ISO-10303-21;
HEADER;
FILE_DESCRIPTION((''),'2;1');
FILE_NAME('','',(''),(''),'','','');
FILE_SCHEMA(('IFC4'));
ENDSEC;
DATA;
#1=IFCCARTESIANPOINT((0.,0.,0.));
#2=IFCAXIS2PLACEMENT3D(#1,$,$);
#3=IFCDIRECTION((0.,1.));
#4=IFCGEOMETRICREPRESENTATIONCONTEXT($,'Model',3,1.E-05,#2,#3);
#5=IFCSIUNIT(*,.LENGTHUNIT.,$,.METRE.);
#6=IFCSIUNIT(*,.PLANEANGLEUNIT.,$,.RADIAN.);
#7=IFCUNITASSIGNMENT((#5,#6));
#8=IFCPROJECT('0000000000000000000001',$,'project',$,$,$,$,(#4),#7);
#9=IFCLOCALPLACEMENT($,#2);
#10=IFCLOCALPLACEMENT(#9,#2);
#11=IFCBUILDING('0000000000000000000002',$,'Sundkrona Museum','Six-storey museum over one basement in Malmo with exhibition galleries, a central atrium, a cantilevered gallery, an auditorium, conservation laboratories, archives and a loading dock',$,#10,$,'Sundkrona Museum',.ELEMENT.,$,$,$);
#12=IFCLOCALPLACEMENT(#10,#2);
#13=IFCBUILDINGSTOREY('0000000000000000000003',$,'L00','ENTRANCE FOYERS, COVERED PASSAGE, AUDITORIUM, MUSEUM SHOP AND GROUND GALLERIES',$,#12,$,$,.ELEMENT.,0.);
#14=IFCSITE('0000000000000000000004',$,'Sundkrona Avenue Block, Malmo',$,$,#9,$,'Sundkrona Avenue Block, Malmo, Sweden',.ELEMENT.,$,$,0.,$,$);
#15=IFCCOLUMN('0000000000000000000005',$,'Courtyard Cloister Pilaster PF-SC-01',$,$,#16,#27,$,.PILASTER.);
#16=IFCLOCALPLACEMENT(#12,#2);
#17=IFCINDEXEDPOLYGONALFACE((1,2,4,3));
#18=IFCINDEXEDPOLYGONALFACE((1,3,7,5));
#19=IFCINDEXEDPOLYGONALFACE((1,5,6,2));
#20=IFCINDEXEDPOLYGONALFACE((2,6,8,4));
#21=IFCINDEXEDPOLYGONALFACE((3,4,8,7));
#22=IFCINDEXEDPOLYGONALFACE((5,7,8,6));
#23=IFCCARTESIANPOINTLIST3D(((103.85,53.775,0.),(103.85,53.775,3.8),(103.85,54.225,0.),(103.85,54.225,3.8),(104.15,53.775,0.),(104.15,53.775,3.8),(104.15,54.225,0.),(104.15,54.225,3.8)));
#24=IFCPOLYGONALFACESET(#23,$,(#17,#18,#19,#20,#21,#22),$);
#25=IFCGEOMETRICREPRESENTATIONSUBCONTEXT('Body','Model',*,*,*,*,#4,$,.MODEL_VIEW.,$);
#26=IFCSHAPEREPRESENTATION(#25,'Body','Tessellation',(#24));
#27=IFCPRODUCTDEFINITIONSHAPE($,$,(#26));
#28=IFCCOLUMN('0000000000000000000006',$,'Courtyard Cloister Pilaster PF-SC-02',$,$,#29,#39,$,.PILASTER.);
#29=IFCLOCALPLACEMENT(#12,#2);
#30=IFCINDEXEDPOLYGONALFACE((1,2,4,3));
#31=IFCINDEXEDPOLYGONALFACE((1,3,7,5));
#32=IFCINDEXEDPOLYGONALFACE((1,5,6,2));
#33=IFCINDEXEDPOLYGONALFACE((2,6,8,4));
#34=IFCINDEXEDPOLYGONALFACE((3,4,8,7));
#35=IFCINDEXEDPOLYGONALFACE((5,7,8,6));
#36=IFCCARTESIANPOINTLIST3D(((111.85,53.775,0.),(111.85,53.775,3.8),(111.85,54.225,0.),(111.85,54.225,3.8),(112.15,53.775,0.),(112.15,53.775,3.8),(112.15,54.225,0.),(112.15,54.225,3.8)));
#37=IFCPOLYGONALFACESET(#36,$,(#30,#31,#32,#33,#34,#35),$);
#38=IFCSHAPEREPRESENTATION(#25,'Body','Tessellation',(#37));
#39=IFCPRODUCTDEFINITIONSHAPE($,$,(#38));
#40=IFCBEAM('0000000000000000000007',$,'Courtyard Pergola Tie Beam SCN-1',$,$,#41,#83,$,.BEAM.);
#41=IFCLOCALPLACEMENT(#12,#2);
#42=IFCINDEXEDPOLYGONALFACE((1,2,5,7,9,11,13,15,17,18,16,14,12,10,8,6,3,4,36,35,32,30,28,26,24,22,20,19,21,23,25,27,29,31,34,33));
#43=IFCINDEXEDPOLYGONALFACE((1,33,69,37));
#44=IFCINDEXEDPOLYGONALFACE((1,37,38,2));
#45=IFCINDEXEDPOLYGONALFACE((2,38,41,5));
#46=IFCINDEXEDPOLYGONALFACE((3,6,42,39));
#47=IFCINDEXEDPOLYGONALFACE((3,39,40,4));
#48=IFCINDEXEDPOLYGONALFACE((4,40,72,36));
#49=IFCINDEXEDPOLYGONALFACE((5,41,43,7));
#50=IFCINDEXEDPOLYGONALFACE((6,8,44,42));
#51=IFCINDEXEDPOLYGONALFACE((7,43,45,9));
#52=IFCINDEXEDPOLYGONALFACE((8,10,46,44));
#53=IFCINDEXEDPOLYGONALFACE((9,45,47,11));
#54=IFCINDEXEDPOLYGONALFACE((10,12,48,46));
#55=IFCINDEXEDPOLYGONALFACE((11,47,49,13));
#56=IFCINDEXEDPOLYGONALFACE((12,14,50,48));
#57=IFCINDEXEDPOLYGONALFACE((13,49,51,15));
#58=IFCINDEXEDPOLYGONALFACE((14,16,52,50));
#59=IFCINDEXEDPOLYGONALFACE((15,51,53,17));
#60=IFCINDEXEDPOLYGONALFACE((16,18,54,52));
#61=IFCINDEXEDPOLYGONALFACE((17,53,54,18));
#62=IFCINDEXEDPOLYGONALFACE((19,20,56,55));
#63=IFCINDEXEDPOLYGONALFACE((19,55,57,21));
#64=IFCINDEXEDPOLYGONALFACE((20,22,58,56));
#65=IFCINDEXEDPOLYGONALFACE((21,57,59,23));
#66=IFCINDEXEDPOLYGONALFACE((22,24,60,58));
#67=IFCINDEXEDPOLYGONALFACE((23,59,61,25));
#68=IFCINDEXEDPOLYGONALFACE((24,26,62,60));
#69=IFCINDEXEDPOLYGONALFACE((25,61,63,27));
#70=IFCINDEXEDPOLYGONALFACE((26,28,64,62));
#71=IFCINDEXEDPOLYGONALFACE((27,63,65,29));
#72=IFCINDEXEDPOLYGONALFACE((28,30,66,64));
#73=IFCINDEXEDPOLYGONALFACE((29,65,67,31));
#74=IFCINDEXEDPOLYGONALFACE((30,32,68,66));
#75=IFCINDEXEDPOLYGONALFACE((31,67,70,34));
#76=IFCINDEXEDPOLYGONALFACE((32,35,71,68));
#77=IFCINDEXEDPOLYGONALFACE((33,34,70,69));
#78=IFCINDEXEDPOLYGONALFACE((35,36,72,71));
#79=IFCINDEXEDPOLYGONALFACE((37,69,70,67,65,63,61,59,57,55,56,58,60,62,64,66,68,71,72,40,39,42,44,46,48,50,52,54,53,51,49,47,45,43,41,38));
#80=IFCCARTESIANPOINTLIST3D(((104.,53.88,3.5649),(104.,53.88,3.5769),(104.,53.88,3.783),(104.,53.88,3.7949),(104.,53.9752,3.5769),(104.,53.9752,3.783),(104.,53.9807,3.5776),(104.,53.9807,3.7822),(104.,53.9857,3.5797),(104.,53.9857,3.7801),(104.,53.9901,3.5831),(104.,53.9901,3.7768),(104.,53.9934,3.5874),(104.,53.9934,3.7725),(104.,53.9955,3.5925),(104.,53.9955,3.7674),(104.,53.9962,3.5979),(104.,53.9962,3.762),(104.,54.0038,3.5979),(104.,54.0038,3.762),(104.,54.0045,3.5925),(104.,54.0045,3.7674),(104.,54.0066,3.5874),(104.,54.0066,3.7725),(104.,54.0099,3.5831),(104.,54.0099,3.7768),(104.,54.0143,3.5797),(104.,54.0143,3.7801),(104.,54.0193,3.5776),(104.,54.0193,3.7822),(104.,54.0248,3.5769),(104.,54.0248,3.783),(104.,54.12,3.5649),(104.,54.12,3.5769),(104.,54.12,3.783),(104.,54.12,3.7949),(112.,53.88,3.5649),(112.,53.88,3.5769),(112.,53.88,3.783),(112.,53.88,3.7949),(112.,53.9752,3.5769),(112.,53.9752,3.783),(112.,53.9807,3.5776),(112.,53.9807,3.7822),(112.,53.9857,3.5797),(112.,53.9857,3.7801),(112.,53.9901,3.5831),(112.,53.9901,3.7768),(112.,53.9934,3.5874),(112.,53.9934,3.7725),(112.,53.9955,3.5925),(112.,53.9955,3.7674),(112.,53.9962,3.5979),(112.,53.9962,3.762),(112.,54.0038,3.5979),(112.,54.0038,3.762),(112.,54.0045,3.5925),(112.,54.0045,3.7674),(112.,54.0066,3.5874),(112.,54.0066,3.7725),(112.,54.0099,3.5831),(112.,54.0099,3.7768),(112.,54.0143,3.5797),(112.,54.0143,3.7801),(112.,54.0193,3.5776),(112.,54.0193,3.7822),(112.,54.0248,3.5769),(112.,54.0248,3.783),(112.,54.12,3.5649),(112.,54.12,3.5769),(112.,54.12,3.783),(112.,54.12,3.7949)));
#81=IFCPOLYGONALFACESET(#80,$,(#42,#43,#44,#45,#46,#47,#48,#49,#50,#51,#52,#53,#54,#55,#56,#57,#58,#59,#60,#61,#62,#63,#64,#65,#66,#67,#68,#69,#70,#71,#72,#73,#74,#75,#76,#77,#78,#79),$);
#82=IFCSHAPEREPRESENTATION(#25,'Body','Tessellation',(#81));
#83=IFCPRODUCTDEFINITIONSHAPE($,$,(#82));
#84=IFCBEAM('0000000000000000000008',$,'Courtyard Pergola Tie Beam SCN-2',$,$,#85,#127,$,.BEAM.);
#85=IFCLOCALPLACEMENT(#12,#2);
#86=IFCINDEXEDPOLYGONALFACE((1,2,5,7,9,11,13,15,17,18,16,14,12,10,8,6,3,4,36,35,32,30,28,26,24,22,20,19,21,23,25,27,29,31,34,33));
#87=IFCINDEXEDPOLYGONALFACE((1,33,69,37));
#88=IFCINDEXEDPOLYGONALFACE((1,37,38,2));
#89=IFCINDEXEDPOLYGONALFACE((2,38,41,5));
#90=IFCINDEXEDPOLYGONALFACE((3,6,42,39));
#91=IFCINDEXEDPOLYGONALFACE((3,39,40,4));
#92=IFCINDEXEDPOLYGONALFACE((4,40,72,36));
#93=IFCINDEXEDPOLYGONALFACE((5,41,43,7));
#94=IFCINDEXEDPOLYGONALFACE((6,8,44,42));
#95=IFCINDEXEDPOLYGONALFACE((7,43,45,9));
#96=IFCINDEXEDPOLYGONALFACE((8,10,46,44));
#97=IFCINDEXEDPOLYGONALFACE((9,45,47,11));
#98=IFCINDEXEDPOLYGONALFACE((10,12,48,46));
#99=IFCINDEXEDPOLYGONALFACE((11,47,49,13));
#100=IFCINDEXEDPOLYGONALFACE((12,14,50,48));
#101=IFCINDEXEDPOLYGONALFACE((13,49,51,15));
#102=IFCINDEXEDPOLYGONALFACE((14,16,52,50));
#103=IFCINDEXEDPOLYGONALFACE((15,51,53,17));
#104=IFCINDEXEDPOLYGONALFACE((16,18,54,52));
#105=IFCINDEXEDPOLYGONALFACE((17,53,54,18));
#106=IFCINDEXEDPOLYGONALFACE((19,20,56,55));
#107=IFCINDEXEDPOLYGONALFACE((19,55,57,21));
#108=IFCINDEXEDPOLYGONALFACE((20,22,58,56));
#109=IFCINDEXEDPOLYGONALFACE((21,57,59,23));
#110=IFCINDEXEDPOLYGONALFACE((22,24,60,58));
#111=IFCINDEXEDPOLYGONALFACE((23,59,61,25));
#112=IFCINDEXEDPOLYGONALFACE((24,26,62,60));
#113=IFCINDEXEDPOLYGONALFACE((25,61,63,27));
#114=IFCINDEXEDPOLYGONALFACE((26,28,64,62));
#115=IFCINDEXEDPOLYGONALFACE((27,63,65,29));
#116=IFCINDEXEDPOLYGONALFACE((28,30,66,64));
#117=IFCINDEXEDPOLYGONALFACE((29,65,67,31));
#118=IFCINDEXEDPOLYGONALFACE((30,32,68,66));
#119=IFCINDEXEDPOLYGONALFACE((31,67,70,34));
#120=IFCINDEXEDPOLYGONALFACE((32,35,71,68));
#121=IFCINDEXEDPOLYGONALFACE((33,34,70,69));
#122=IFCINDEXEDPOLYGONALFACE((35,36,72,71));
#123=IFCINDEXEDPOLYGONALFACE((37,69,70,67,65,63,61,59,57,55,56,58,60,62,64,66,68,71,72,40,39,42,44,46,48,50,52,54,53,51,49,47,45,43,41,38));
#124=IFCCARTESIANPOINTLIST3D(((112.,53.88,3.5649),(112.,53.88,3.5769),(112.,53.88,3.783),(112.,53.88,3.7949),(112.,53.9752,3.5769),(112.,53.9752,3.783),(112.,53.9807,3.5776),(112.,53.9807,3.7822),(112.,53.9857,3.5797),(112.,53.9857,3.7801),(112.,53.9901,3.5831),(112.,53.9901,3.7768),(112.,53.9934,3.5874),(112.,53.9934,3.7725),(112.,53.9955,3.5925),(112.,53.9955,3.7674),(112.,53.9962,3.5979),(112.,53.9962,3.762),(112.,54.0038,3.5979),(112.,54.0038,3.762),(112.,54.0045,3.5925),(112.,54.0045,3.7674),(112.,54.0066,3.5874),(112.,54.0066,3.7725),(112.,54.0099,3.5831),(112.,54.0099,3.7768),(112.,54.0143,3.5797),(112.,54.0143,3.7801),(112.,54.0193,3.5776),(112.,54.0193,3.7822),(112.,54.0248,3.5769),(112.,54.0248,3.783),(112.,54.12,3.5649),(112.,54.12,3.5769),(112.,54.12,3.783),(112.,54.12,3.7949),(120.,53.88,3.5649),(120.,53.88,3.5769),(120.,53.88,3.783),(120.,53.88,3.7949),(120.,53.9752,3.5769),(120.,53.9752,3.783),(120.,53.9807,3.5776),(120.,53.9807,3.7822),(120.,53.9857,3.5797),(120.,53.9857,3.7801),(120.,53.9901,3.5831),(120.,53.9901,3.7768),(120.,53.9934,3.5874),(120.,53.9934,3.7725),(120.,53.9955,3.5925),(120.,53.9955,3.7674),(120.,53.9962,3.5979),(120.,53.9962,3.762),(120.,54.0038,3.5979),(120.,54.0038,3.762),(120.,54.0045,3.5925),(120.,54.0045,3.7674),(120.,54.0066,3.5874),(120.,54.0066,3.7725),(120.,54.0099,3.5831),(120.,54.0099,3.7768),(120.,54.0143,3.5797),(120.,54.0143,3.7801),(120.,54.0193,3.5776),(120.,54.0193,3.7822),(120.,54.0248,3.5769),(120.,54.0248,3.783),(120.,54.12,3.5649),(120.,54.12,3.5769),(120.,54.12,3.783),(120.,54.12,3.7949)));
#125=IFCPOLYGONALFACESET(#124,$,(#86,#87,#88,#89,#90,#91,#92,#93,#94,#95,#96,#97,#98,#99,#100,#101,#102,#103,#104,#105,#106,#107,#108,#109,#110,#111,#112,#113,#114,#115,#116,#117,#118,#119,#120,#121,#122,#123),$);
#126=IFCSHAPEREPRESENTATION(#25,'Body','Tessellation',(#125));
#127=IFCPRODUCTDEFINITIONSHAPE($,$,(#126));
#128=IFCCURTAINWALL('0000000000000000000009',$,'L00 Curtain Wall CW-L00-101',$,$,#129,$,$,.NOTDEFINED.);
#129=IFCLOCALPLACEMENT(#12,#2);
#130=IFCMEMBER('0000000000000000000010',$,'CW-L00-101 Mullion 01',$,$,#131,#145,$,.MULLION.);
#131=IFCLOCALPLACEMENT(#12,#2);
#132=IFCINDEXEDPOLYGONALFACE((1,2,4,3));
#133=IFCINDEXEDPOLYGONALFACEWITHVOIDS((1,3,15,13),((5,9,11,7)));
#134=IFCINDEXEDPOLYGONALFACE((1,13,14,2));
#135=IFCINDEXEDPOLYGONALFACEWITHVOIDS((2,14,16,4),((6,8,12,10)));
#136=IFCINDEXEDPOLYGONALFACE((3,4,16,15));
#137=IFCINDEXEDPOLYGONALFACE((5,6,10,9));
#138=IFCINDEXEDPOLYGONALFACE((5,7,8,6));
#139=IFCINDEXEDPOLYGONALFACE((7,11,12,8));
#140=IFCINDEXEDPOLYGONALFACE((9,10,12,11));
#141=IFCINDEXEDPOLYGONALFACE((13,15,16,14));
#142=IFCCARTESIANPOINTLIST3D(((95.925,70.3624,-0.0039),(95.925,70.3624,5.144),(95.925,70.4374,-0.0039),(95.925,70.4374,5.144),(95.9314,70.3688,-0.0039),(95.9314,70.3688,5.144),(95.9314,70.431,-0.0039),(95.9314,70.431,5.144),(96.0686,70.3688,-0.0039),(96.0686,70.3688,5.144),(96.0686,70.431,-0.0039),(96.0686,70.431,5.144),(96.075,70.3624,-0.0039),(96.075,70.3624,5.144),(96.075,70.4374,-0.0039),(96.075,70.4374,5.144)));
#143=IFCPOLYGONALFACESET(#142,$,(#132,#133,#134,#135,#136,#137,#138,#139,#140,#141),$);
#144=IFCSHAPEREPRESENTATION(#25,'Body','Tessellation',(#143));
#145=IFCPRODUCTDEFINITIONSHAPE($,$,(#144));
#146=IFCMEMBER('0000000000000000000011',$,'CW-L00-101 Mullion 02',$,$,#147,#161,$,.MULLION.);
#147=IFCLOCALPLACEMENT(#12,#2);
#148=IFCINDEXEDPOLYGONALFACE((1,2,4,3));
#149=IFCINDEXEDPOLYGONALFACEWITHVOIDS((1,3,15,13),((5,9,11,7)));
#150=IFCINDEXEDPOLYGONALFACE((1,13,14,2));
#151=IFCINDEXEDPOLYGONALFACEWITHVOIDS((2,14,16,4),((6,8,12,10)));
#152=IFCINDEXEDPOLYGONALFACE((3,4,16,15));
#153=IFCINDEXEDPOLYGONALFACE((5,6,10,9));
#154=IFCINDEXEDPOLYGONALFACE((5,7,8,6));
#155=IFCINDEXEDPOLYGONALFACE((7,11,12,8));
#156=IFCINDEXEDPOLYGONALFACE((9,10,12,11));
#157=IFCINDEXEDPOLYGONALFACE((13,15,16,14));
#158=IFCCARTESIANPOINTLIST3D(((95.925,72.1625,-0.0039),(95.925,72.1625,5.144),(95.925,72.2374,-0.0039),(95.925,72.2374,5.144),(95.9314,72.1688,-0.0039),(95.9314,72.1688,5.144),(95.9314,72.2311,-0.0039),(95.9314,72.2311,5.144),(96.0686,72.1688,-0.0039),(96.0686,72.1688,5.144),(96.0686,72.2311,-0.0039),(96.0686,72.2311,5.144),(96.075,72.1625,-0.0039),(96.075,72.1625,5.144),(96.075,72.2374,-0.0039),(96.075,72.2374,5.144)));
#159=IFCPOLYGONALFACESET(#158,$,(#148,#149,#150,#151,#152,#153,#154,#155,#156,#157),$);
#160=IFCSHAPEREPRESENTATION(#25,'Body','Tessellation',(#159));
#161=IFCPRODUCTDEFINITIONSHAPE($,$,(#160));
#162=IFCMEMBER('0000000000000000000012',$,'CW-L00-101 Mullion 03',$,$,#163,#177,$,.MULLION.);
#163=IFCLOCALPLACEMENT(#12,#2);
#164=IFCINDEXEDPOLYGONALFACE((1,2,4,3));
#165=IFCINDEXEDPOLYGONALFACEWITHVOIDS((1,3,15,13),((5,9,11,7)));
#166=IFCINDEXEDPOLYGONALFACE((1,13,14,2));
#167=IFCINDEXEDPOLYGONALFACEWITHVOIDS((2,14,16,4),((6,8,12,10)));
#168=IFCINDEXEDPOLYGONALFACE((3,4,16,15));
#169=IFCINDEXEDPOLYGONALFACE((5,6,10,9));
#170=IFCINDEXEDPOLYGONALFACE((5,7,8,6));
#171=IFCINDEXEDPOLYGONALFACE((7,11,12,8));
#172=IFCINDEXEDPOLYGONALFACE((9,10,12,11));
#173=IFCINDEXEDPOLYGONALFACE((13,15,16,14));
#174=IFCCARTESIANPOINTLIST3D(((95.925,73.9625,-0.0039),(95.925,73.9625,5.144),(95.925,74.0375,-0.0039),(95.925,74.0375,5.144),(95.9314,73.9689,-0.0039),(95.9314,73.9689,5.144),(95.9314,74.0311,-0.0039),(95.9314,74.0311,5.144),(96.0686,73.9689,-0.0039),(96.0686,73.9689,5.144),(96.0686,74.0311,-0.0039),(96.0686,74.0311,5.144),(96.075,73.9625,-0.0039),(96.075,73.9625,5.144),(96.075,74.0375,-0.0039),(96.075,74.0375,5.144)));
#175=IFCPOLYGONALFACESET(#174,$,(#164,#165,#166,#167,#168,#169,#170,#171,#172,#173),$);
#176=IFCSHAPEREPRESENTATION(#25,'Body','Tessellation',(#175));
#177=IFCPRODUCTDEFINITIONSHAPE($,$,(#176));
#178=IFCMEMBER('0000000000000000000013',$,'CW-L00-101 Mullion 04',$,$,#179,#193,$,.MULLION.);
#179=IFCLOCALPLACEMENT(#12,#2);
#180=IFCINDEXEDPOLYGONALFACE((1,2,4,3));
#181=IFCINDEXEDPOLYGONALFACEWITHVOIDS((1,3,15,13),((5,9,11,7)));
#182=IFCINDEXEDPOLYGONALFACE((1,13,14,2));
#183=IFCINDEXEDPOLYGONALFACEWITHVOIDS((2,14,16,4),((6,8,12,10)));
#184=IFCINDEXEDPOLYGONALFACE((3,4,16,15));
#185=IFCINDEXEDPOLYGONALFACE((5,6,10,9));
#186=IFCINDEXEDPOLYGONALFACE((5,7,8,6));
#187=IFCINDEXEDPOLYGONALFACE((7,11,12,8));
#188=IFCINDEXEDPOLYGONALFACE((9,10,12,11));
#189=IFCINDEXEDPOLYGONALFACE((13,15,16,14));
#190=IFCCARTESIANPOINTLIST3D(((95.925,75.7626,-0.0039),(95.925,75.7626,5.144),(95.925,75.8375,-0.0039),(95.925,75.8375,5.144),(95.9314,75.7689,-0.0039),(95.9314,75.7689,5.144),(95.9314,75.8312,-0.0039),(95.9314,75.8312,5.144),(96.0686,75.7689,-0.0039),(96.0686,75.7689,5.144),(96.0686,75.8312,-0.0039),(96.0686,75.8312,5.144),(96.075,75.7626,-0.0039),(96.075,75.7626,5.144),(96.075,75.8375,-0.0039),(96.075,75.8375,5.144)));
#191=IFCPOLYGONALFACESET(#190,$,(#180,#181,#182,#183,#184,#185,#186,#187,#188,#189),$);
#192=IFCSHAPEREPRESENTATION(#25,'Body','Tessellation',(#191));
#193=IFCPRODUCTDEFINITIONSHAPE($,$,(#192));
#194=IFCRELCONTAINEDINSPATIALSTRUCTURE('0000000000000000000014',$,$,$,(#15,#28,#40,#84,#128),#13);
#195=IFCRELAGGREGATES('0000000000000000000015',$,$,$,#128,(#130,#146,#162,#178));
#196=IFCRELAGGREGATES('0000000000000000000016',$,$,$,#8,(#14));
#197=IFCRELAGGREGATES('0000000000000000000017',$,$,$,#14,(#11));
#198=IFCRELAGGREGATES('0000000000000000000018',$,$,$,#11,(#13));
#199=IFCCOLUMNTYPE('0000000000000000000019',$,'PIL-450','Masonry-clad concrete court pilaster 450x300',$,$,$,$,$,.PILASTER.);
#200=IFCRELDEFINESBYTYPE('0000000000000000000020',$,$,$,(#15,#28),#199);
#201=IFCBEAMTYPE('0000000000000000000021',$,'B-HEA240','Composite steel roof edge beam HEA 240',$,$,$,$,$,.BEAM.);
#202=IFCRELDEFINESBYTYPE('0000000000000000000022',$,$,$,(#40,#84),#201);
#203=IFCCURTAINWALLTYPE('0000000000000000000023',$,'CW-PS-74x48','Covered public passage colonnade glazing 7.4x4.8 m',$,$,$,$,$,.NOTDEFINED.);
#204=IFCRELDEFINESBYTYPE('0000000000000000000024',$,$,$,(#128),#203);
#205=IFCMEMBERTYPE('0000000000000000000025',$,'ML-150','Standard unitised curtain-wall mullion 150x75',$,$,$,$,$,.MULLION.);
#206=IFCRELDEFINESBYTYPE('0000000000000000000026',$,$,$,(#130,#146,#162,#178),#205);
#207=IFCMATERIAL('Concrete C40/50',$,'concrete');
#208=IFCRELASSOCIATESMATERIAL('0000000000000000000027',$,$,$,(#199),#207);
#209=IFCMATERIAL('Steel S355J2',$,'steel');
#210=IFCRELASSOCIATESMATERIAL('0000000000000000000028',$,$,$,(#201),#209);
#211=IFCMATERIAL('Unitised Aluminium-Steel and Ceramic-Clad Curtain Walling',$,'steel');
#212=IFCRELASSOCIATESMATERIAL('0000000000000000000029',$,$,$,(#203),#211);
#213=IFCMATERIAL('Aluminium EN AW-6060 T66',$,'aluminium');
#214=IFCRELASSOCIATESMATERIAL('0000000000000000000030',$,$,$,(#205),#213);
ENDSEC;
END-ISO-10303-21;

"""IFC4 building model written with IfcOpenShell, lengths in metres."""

from ifc_helpers import new_model, si_unit, direction, frame, origin, origin_2d, place, context, subcontext, project, spatial, rectangle, hollow_rectangle, i_section, extrude, material, material_profile, profile_set, type_object, element, aggregate, save


model = new_model("IFC4")

# Units and contexts
model_context = context("Model", 3, precision=1e-05, world=origin(), true_north=direction((0.0, 1.0)))
body_context = subcontext(model_context, "Body", "Model", "MODEL_VIEW")
ifc_project = project(units=[si_unit("LENGTHUNIT", "METRE"), si_unit("PLANEANGLEUNIT", "RADIAN")], contexts=[model_context])

# Site, building, storey
site_placement = place(None, origin())
site = spatial("IfcSite", under=ifc_project, at=site_placement, Name="Sundkrona Avenue Block, Malmo", LongName="Sundkrona Avenue Block, Malmo, Sweden", CompositionType="ELEMENT", RefElevation=0.0)
building_placement = place(site_placement, origin())
building = spatial("IfcBuilding", under=site, at=building_placement, Name="Sundkrona Museum", Description="Six-storey museum over one basement in Malmo with exhibition galleries, a central atrium, a cantilevered gallery, an auditorium, conservation laboratories, archives and a loading dock", LongName="Sundkrona Museum", CompositionType="ELEMENT")
storey_placement = place(building_placement, origin())
storey = spatial("IfcBuildingStorey", under=building, at=storey_placement, Name="L00", Description="ENTRANCE FOYERS, COVERED PASSAGE, AUDITORIUM, MUSEUM SHOP AND GROUND GALLERIES", CompositionType="ELEMENT", Elevation=0.0)

# Columns
ifc_material_1 = material(Name="Concrete C40/50", Category="concrete")
ifc_material_profile_1 = material_profile(ifc_material_1, rectangle(XDim=0.3, YDim=0.45, at=origin_2d()), Name="RC 450x300")
ifc_profile_set_1 = profile_set([ifc_material_profile_1], Name="Concrete C40/50")
column_type = type_object("IfcColumnType", Name="PIL-450", Description="Masonry-clad concrete court pilaster 450x300", PredefinedType="PILASTER", material=ifc_profile_set_1)
for number, where, z_axis, x_axis, name in (
    (1, (104.0, 54.0, 0.0), (0.0, 0.0, 1.0), (1.0, 0.0, 0.0), "Courtyard Cloister Pilaster PF-SC-01"),
    (2, (112.0, 54.0, 0.0), (0.0, 0.0, 1.0), (1.0, 0.0, 0.0), "Courtyard Cloister Pilaster PF-SC-02"),
):
    element("IfcColumn", number, at=place(storey_placement, frame(where, z_axis=z_axis, x_axis=x_axis)), inside=storey, type_object=column_type, Name=name, PredefinedType="PILASTER", context=body_context, shape_type="SweptSolid", body=[
        extrude(rectangle(XDim=0.3, YDim=0.45, at=origin_2d()), origin(), (0.0, 0.0, 1.0), 3.8),
    ])

# Beams
ifc_material_2 = material(Name="Steel S355J2", Category="steel")
ifc_material_profile_2 = material_profile(ifc_material_2, i_section(OverallWidth=0.24, OverallDepth=0.23, WebThickness=0.0076, FlangeThickness=0.012, FilletRadius=0.021, at=origin_2d()), Name="HEA 240")
ifc_profile_set_2 = profile_set([ifc_material_profile_2], Name="Steel S355J2")
beam_type = type_object("IfcBeamType", Name="B-HEA240", Description="Composite steel roof edge beam HEA 240", PredefinedType="BEAM", material=ifc_profile_set_2)
for number, where, z_axis, x_axis, name in (
    (3, (104.0, 54.0, 3.6799), (1.0, 0.0, 0.0), (0.0, 1.0, 0.0), "Courtyard Pergola Tie Beam SCN-1"),
    (4, (112.0, 54.0, 3.6799), (1.0, 0.0, 0.0), (0.0, 1.0, 0.0), "Courtyard Pergola Tie Beam SCN-2"),
):
    element("IfcBeam", number, at=place(storey_placement, frame(where, z_axis=z_axis, x_axis=x_axis)), inside=storey, type_object=beam_type, Name=name, PredefinedType="BEAM", context=body_context, shape_type="SweptSolid", body=[
        extrude(i_section(OverallWidth=0.24, OverallDepth=0.23, WebThickness=0.0076, FlangeThickness=0.012, FilletRadius=0.021, at=origin_2d()), origin(), (0.0, 0.0, 1.0), 8.0),
    ])

# Curtain wall, members
ifc_material_3 = material(Name="Unitised Aluminium-Steel and Ceramic-Clad Curtain Walling", Category="steel")
curtain_wall_type = type_object("IfcCurtainWallType", Name="CW-PS-74x48", Description="Covered public passage colonnade glazing 7.4x4.8 m", PredefinedType="NOTDEFINED", material=ifc_material_3)
curtain_wall_1_placement = place(storey_placement, origin())
curtain_wall_1 = element("IfcCurtainWall", 5, at=curtain_wall_1_placement, inside=storey, type_object=curtain_wall_type, Name="L00 Curtain Wall CW-L00-101", PredefinedType="NOTDEFINED")
ifc_material_4 = material(Name="Aluminium EN AW-6060 T66", Category="aluminium")
ifc_material_profile_3 = material_profile(ifc_material_4, hollow_rectangle(XDim=0.075, YDim=0.1499, WallThickness=0.0063, at=origin_2d()), Name="RHS 150x75x6.3")
ifc_profile_set_3 = profile_set([ifc_material_profile_3], Name="Aluminium EN AW-6060 T66")
member_type_1 = type_object("IfcMemberType", Name="ML-150", Description="Standard unitised curtain-wall mullion 150x75", PredefinedType="MULLION", material=ifc_profile_set_3)
member_1_placement = place(storey_placement, frame((96.0, 70.3999, -0.0039), z_axis=(0.0, 0.0, 1.0), x_axis=(0.0, 1.0, 0.0)))
member_1 = element("IfcMember", 6, at=member_1_placement, type_object=member_type_1, Name="CW-L00-101 Mullion 01", PredefinedType="MULLION", context=body_context, shape_type="SweptSolid", body=[
    extrude(hollow_rectangle(XDim=0.075, YDim=0.1499, WallThickness=0.0063, at=origin_2d()), origin(), (0.0, 0.0, 1.0), 5.1479),
])
member_2_placement = place(storey_placement, frame((96.0, 72.2, -0.0039), z_axis=(0.0, 0.0, 1.0), x_axis=(0.0, 1.0, 0.0)))
member_2 = element("IfcMember", 7, at=member_2_placement, type_object=member_type_1, Name="CW-L00-101 Mullion 02", PredefinedType="MULLION", context=body_context, shape_type="SweptSolid", body=[
    extrude(hollow_rectangle(XDim=0.075, YDim=0.1499, WallThickness=0.0063, at=origin_2d()), origin(), (0.0, 0.0, 1.0), 5.1479),
])
member_3_placement = place(storey_placement, frame((96.0, 74.0, -0.0039), z_axis=(0.0, 0.0, 1.0), x_axis=(0.0, 1.0, 0.0)))
member_3 = element("IfcMember", 8, at=member_3_placement, type_object=member_type_1, Name="CW-L00-101 Mullion 03", PredefinedType="MULLION", context=body_context, shape_type="SweptSolid", body=[
    extrude(hollow_rectangle(XDim=0.075, YDim=0.1499, WallThickness=0.0063, at=origin_2d()), origin(), (0.0, 0.0, 1.0), 5.1479),
])
member_4_placement = place(storey_placement, frame((96.0, 75.8, -0.0039), z_axis=(0.0, 0.0, 1.0), x_axis=(0.0, 1.0, 0.0)))
member_4 = element("IfcMember", 9, at=member_4_placement, type_object=member_type_1, Name="CW-L00-101 Mullion 04", PredefinedType="MULLION", context=body_context, shape_type="SweptSolid", body=[
    extrude(hollow_rectangle(XDim=0.075, YDim=0.1499, WallThickness=0.0063, at=origin_2d()), origin(), (0.0, 0.0, 1.0), 5.1479),
])

aggregate(curtain_wall_1, [member_1, member_2, member_3, member_4])

save(model, "model.ifc")
